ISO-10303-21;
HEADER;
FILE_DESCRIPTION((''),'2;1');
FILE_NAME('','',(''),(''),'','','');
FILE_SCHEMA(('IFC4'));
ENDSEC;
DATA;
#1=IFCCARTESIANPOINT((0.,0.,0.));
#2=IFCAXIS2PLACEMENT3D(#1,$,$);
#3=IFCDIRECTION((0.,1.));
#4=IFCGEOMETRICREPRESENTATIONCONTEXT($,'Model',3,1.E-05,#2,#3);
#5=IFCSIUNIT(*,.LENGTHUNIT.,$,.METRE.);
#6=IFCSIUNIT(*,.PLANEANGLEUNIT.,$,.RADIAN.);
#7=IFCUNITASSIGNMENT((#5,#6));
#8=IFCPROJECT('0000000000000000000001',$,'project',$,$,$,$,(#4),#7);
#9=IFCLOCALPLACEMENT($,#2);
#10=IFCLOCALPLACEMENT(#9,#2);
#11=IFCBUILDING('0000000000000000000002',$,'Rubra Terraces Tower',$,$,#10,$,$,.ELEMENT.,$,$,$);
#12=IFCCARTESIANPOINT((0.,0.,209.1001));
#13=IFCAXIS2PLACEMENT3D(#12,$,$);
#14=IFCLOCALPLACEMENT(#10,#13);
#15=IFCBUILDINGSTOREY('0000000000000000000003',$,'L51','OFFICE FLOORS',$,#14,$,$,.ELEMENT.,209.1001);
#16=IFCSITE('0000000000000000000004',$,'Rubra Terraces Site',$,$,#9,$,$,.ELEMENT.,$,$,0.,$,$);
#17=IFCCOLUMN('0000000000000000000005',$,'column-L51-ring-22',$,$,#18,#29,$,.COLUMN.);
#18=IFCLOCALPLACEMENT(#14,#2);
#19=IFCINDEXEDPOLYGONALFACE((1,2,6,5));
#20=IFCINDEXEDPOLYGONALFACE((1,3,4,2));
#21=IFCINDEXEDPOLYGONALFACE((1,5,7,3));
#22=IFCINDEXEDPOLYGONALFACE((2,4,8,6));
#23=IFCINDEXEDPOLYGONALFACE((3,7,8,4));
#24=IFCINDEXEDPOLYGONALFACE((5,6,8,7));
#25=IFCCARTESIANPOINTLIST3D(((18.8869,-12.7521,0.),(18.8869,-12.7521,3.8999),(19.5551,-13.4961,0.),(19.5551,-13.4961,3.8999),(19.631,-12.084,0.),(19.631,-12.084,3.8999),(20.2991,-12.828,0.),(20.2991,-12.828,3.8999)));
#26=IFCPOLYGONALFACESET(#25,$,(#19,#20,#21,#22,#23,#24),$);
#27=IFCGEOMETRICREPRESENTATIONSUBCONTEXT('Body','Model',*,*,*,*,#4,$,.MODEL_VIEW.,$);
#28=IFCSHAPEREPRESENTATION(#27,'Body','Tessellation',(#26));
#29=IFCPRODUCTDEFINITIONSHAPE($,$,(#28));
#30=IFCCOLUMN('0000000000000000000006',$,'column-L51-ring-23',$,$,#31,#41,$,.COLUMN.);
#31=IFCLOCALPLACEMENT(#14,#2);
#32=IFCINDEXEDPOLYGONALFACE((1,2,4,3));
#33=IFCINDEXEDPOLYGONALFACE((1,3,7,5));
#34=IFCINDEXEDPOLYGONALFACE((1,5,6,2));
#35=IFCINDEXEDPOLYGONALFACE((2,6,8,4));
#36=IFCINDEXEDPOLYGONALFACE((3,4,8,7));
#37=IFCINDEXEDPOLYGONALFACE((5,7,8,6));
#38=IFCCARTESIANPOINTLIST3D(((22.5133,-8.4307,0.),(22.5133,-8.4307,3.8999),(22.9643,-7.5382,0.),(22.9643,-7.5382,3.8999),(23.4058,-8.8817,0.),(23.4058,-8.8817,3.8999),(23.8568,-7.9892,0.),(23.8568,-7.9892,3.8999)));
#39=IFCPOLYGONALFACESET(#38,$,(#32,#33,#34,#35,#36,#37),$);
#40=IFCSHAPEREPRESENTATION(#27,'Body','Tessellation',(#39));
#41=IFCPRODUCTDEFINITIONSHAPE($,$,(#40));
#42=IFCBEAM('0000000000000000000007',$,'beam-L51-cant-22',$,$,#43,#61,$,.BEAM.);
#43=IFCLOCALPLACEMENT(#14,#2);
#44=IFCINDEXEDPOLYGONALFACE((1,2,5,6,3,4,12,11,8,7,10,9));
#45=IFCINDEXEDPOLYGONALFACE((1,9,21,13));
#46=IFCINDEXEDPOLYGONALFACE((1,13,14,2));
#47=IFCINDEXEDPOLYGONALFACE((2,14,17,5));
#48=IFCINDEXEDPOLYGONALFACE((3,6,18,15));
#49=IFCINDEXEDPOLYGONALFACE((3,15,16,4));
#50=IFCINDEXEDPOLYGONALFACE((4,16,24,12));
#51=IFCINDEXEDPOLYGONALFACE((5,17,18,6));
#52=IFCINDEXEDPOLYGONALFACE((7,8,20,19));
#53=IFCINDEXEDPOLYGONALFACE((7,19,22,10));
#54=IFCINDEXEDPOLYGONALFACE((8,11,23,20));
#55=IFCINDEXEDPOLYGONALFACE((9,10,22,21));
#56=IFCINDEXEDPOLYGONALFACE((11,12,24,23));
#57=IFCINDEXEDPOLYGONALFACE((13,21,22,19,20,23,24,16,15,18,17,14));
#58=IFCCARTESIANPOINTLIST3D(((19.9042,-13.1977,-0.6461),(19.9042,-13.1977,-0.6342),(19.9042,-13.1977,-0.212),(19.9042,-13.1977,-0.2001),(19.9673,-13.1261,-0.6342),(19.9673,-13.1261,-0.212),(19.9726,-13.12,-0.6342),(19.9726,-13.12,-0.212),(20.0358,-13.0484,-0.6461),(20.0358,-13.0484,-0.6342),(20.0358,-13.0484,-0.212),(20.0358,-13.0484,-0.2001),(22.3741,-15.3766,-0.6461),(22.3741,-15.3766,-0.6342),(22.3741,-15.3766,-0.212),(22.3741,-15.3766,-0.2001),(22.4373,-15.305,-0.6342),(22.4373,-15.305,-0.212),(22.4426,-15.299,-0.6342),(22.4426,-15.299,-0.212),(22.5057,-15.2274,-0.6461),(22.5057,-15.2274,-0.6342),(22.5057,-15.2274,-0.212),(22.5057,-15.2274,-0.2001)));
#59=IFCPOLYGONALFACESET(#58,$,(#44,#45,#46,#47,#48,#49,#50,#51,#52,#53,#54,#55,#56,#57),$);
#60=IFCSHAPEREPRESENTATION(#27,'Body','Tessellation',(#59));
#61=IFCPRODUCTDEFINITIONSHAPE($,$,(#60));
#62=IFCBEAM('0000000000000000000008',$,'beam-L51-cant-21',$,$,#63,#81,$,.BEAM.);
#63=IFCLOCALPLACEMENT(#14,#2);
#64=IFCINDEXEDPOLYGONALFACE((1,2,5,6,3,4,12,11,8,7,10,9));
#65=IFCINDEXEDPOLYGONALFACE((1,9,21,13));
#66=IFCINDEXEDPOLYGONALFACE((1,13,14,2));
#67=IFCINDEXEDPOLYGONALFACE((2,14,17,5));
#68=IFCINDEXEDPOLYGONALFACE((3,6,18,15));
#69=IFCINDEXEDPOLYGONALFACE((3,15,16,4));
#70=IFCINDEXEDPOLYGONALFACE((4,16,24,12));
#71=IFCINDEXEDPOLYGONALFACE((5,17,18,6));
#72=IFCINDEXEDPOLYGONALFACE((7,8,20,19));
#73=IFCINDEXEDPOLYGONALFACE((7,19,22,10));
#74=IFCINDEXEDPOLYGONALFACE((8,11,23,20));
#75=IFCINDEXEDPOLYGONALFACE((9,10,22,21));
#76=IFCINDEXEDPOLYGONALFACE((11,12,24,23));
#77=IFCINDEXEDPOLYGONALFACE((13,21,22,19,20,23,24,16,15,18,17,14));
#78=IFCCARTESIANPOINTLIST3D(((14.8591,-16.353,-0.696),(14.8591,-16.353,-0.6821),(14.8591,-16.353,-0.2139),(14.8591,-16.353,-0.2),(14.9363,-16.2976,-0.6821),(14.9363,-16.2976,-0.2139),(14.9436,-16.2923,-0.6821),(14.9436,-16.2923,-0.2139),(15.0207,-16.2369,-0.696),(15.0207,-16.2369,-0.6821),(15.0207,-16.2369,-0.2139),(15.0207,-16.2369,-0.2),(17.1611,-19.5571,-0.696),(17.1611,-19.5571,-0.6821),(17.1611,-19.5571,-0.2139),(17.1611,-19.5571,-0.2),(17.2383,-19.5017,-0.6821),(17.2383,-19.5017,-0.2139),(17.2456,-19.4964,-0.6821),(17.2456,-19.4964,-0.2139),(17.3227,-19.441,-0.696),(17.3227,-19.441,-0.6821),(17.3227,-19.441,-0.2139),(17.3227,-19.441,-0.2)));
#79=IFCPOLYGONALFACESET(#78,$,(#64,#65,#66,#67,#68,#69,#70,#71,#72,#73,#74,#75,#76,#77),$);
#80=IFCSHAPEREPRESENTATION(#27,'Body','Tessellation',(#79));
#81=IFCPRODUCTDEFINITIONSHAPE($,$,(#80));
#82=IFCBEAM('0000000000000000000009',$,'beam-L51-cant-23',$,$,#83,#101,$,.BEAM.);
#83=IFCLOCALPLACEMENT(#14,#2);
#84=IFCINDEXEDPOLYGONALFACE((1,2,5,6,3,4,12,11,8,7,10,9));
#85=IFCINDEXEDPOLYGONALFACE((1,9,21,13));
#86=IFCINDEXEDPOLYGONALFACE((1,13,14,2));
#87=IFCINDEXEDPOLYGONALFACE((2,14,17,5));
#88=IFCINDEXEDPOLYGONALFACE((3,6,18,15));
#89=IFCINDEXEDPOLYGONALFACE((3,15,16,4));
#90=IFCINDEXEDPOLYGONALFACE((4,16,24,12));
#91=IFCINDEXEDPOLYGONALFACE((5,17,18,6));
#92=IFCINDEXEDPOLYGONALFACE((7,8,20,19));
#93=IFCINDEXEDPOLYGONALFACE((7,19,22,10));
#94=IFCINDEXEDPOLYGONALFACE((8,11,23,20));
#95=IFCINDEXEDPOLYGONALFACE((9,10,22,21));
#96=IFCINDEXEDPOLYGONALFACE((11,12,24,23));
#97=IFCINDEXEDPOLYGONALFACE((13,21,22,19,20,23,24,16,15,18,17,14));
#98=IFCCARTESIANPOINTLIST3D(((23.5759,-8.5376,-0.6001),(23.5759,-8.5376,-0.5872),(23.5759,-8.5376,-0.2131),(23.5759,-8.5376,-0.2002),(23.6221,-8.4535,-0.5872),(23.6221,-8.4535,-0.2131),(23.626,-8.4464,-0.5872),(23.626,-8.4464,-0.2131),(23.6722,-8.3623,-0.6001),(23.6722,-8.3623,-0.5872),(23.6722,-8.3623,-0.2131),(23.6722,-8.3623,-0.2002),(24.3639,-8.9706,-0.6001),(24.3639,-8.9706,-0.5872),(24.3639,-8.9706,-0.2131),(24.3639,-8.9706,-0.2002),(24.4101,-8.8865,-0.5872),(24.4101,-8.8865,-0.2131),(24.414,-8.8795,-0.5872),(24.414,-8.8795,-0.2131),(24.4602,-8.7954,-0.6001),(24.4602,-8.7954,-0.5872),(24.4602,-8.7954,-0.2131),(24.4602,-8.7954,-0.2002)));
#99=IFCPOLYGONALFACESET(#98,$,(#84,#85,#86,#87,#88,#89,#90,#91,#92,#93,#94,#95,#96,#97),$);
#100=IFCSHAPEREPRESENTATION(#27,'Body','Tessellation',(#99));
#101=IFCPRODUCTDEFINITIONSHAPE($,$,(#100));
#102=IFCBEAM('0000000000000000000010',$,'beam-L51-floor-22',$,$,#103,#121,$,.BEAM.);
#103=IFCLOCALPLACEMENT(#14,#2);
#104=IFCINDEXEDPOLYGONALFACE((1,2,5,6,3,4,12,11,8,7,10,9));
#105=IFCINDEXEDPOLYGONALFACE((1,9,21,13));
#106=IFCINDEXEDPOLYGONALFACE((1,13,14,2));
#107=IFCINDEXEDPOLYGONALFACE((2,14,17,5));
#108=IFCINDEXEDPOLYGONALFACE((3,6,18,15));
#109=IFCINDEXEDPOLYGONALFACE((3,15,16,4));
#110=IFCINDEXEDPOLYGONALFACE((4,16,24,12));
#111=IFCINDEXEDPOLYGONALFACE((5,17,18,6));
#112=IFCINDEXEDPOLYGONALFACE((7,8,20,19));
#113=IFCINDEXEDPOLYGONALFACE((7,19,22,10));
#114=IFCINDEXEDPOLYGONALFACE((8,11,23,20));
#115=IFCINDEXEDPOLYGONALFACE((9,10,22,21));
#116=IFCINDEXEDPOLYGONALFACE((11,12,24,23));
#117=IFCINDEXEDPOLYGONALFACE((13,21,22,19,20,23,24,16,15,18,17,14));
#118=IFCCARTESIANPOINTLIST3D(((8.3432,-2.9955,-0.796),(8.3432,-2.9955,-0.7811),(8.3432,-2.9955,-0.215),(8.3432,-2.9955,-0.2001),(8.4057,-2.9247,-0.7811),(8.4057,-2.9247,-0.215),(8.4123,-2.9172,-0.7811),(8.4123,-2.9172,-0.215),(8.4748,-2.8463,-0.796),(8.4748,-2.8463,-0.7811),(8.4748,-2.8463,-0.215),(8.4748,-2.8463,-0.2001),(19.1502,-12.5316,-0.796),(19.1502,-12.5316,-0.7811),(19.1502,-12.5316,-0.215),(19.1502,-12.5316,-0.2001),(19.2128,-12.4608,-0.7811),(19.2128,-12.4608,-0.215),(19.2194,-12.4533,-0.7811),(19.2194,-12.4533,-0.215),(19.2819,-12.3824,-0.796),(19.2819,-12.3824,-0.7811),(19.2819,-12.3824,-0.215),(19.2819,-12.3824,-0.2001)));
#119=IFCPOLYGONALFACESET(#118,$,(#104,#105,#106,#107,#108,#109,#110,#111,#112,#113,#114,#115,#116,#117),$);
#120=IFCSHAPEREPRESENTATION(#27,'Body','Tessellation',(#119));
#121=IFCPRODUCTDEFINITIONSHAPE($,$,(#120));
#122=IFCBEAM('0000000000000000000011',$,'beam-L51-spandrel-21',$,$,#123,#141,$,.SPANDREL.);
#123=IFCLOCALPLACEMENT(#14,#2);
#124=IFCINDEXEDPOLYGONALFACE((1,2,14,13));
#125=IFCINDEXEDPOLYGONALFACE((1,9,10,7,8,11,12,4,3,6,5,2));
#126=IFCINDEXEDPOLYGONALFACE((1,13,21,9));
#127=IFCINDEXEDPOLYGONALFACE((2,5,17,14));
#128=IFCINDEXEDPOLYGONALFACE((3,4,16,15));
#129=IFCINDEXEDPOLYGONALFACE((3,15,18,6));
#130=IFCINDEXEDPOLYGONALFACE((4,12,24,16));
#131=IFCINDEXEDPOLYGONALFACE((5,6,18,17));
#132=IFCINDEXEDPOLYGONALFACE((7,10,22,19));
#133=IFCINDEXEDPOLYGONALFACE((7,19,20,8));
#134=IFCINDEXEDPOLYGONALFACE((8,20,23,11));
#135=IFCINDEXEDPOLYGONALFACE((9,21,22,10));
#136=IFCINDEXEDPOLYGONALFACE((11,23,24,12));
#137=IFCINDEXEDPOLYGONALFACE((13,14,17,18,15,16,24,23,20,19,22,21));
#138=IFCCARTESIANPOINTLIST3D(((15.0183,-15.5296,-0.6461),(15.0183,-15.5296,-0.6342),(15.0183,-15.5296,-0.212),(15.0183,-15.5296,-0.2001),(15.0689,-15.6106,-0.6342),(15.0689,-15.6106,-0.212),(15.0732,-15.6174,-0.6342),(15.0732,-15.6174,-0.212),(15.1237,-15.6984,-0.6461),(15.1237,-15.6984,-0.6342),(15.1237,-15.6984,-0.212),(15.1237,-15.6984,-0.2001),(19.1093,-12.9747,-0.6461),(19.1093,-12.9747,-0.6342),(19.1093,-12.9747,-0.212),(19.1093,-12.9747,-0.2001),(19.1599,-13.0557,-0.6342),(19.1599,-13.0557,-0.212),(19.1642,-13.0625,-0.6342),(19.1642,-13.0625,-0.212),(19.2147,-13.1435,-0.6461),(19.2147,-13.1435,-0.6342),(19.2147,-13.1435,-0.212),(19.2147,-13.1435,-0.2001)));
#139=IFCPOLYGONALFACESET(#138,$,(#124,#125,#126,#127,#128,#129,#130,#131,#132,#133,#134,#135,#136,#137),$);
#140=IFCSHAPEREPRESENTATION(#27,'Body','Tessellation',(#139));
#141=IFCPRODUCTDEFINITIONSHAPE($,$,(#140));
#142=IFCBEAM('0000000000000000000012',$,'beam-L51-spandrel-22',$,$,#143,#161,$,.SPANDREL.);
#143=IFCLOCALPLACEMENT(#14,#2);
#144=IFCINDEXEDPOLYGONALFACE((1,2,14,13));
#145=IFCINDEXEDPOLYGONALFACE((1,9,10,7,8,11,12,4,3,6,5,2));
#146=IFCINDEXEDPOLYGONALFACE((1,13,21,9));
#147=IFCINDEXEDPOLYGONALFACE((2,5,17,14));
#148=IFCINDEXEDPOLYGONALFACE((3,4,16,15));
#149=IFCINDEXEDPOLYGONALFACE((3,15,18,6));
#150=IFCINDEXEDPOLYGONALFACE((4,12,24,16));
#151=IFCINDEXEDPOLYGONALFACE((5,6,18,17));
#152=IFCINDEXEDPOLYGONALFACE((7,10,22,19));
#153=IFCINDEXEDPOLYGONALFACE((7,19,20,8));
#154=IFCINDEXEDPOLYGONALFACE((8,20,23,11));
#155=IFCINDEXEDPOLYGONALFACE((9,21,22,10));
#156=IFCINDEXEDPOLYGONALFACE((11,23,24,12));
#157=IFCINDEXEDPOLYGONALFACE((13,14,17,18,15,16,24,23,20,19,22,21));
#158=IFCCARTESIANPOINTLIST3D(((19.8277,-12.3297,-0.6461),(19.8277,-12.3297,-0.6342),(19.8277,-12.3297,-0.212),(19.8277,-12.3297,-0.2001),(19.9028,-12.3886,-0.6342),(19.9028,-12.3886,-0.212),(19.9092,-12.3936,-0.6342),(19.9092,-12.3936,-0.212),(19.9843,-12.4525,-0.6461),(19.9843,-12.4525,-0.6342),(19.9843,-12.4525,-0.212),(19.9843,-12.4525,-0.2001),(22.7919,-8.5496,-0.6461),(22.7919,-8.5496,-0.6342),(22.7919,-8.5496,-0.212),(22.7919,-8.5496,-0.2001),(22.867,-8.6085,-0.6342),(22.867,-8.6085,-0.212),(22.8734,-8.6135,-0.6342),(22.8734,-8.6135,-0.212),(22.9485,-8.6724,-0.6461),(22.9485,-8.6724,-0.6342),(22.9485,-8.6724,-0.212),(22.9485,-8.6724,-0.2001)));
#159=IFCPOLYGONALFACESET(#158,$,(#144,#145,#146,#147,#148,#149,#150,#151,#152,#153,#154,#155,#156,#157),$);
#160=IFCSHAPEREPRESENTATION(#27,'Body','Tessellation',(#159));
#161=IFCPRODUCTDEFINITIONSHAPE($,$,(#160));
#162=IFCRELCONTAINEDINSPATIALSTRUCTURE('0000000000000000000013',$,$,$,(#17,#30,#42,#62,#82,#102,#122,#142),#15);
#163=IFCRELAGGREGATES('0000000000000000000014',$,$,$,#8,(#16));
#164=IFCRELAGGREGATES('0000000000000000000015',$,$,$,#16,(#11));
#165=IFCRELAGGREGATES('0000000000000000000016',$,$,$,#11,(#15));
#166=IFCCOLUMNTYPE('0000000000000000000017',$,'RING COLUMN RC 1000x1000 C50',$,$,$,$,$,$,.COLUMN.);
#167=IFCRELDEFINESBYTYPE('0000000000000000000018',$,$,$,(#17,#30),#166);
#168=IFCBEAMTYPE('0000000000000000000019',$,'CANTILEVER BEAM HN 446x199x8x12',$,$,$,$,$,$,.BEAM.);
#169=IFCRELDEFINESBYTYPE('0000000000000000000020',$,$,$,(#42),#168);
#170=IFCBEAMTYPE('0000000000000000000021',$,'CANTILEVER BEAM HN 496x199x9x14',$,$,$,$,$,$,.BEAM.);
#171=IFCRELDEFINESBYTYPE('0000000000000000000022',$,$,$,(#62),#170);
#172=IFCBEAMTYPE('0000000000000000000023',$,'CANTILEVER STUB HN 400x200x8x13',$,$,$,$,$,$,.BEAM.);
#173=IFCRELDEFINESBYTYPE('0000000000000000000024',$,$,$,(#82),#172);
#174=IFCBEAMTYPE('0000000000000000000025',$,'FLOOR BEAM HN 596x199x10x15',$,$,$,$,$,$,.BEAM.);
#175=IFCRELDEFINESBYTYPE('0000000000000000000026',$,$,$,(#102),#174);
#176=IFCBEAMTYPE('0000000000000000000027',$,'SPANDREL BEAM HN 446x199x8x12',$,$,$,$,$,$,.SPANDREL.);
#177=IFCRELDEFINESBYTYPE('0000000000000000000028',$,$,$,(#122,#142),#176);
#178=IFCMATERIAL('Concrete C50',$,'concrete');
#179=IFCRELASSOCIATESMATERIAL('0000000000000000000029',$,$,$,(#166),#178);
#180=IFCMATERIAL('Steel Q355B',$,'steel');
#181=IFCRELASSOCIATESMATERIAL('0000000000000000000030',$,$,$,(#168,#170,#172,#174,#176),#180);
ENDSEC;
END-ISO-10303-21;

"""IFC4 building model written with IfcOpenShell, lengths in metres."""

from ifc_helpers import new_model, si_unit, direction, frame, origin, origin_2d, place, context, subcontext, project, spatial, rectangle, i_section, extrude, material, material_profile, profile_set, type_object, element, save


model = new_model("IFC4")

# Units and contexts
model_context = context("Model", 3, precision=1e-05, world=origin(), true_north=direction((0.0, 1.0)))
body_context = subcontext(model_context, "Body", "Model", "MODEL_VIEW")
ifc_project = project(units=[si_unit("LENGTHUNIT", "METRE"), si_unit("PLANEANGLEUNIT", "RADIAN")], contexts=[model_context])

# Site, building, storey
site_placement = place(None, origin())
site = spatial("IfcSite", under=ifc_project, at=site_placement, Name="Rubra Terraces Site", CompositionType="ELEMENT", RefElevation=0.0)
building_placement = place(site_placement, origin())
building = spatial("IfcBuilding", under=site, at=building_placement, Name="Rubra Terraces Tower", CompositionType="ELEMENT")
storey_placement = place(building_placement, frame((0.0, 0.0, 209.1001)))
storey = spatial("IfcBuildingStorey", under=building, at=storey_placement, Name="L51", Description="OFFICE FLOORS", CompositionType="ELEMENT", Elevation=209.1001)

# Columns
ifc_material_1 = material(Name="Concrete C50", Category="concrete")
ifc_material_profile_1 = material_profile(ifc_material_1, rectangle(XDim=1.0, YDim=1.0, at=origin_2d()), Name="RC 1000x1000")
ifc_profile_set_1 = profile_set([ifc_material_profile_1], Name="Concrete C50")
column_type = type_object("IfcColumnType", Name="RING COLUMN RC 1000x1000 C50", PredefinedType="COLUMN", material=ifc_profile_set_1)
for number, where, z_axis, x_axis, name in (
    (1, (19.593, -12.79, 0.0), (0.0, 0.0, 1.0), (0.744021, 0.668156, 0.0), "column-L51-ring-22"),
    (2, (23.1851, -8.21, 0.0), (0.0, 0.0, 1.0), (0.451028, 0.89251, 0.0), "column-L51-ring-23"),
):
    element("IfcColumn", number, at=place(storey_placement, frame(where, z_axis=z_axis, x_axis=x_axis)), inside=storey, type_object=column_type, Name=name, PredefinedType="COLUMN", context=body_context, shape_type="SweptSolid", body=[
        extrude(rectangle(XDim=1.0, YDim=1.0, at=origin_2d()), origin(), (0.0, 0.0, 1.0), 3.8999),
    ])

# Beams
ifc_material_2 = material(Name="Steel Q355B", Category="steel")
ifc_material_profile_2 = material_profile(ifc_material_2, i_section(OverallWidth=0.199, OverallDepth=0.446, WebThickness=0.0081, FlangeThickness=0.012, at=origin_2d()), Name="HN 446x199x8x12")
ifc_profile_set_2 = profile_set([ifc_material_profile_2], Name="Steel Q355B")
beam_type_1 = type_object("IfcBeamType", Name="CANTILEVER BEAM HN 446x199x8x12", PredefinedType="BEAM", material=ifc_profile_set_2)
beam_1_placement = place(storey_placement, frame((19.97, -13.123, -0.4231), z_axis=(0.749903, -0.661548, 0.0), x_axis=(0.661548, 0.749903, 0.0)))
element("IfcBeam", 3, at=beam_1_placement, inside=storey, type_object=beam_type_1, Name="beam-L51-cant-22", PredefinedType="BEAM", context=body_context, shape_type="SweptSolid", body=[
    extrude(i_section(OverallWidth=0.199, OverallDepth=0.446, WebThickness=0.0081, FlangeThickness=0.012, at=origin_2d()), origin(), (0.0, 0.0, 1.0), 3.2937),
])
ifc_material_profile_3 = material_profile(ifc_material_2, i_section(OverallWidth=0.199, OverallDepth=0.4961, WebThickness=0.009, FlangeThickness=0.0139, at=origin_2d()), Name="HN 496x199x9x14")
ifc_profile_set_3 = profile_set([ifc_material_profile_3], Name="Steel Q355B")
beam_type_2 = type_object("IfcBeamType", Name="CANTILEVER BEAM HN 496x199x9x14", PredefinedType="BEAM", material=ifc_profile_set_3)
beam_2_placement = place(storey_placement, frame((14.9399, -16.2949, -0.448), z_axis=(0.583478, -0.812129, 0.0), x_axis=(0.812129, 0.583478, 0.0)))
element("IfcBeam", 4, at=beam_2_placement, inside=storey, type_object=beam_type_2, Name="beam-L51-cant-21", PredefinedType="BEAM", context=body_context, shape_type="SweptSolid", body=[
    extrude(i_section(OverallWidth=0.199, OverallDepth=0.4961, WebThickness=0.009, FlangeThickness=0.0139, at=origin_2d()), origin(), (0.0, 0.0, 1.0), 3.9453),
])
ifc_material_profile_4 = material_profile(ifc_material_2, i_section(OverallWidth=0.2, OverallDepth=0.3999, WebThickness=0.0081, FlangeThickness=0.0129, at=origin_2d()), Name="HN 400x200x8x13")
ifc_profile_set_4 = profile_set([ifc_material_profile_4], Name="Steel Q355B")
beam_type_3 = type_object("IfcBeamType", Name="CANTILEVER STUB HN 400x200x8x13", PredefinedType="BEAM", material=ifc_profile_set_4)
beam_3_placement = place(storey_placement, frame((23.624, -8.45, -0.4001), z_axis=(0.876376, -0.481627, 0.0), x_axis=(0.481627, 0.876376, 0.0)))
element("IfcBeam", 5, at=beam_3_placement, inside=storey, type_object=beam_type_3, Name="beam-L51-cant-23", PredefinedType="BEAM", context=body_context, shape_type="SweptSolid", body=[
    extrude(i_section(OverallWidth=0.2, OverallDepth=0.3999, WebThickness=0.0081, FlangeThickness=0.0129, at=origin_2d()), origin(), (0.0, 0.0, 1.0), 0.8992),
])
ifc_material_profile_5 = material_profile(ifc_material_2, i_section(OverallWidth=0.199, OverallDepth=0.5959, WebThickness=0.01, FlangeThickness=0.0149, at=origin_2d()), Name="HN 596x199x10x15")
ifc_profile_set_5 = profile_set([ifc_material_profile_5], Name="Steel Q355B")
beam_type_4 = type_object("IfcBeamType", Name="FLOOR BEAM HN 596x199x10x15", PredefinedType="BEAM", material=ifc_profile_set_5)
beam_4_placement = place(storey_placement, frame((19.2161, -12.457, -0.498), z_axis=(-0.749823, 0.661638, 0.0), x_axis=(-0.661638, -0.749823, 0.0)))
element("IfcBeam", 6, at=beam_4_placement, inside=storey, type_object=beam_type_4, Name="beam-L51-floor-22", PredefinedType="BEAM", context=body_context, shape_type="SweptSolid", body=[
    extrude(i_section(OverallWidth=0.199, OverallDepth=0.5959, WebThickness=0.01, FlangeThickness=0.0149, at=origin_2d()), origin(), (0.0, 0.0, 1.0), 14.4128),
])
ifc_material_profile_6 = material_profile(ifc_material_2, i_section(OverallWidth=0.199, OverallDepth=0.446, WebThickness=0.0081, FlangeThickness=0.012, at=origin_2d()), Name="HN 446x199x8x12")
ifc_profile_set_6 = profile_set([ifc_material_profile_6], Name="Steel Q355B")
beam_type_5 = type_object("IfcBeamType", Name="SPANDREL BEAM HN 446x199x8x12", PredefinedType="SPANDREL", material=ifc_profile_set_6)
beam_5_placement = place(storey_placement, frame((15.071, -15.614, -0.4231), z_axis=(0.848183, 0.529703, 0.0), x_axis=(-0.529703, 0.848183, 0.0)))
element("IfcBeam", 7, at=beam_5_placement, inside=storey, type_object=beam_type_5, Name="beam-L51-spandrel-21", PredefinedType="SPANDREL", context=body_context, shape_type="SweptSolid", body=[
    extrude(i_section(OverallWidth=0.199, OverallDepth=0.446, WebThickness=0.0081, FlangeThickness=0.012, at=origin_2d()), origin(), (0.0, 0.0, 1.0), 4.8232),
])
beam_6_placement = place(storey_placement, frame((19.906, -12.3911, -0.4231), z_axis=(0.61706, 0.786916, 0.0), x_axis=(-0.786916, 0.61706, 0.0)))
element("IfcBeam", 8, at=beam_6_placement, inside=storey, type_object=beam_type_5, Name="beam-L51-spandrel-22", PredefinedType="SPANDREL", context=body_context, shape_type="SweptSolid", body=[
    extrude(i_section(OverallWidth=0.199, OverallDepth=0.446, WebThickness=0.0081, FlangeThickness=0.012, at=origin_2d()), origin(), (0.0, 0.0, 1.0), 4.8037),
])

save(model, "model.ifc")
